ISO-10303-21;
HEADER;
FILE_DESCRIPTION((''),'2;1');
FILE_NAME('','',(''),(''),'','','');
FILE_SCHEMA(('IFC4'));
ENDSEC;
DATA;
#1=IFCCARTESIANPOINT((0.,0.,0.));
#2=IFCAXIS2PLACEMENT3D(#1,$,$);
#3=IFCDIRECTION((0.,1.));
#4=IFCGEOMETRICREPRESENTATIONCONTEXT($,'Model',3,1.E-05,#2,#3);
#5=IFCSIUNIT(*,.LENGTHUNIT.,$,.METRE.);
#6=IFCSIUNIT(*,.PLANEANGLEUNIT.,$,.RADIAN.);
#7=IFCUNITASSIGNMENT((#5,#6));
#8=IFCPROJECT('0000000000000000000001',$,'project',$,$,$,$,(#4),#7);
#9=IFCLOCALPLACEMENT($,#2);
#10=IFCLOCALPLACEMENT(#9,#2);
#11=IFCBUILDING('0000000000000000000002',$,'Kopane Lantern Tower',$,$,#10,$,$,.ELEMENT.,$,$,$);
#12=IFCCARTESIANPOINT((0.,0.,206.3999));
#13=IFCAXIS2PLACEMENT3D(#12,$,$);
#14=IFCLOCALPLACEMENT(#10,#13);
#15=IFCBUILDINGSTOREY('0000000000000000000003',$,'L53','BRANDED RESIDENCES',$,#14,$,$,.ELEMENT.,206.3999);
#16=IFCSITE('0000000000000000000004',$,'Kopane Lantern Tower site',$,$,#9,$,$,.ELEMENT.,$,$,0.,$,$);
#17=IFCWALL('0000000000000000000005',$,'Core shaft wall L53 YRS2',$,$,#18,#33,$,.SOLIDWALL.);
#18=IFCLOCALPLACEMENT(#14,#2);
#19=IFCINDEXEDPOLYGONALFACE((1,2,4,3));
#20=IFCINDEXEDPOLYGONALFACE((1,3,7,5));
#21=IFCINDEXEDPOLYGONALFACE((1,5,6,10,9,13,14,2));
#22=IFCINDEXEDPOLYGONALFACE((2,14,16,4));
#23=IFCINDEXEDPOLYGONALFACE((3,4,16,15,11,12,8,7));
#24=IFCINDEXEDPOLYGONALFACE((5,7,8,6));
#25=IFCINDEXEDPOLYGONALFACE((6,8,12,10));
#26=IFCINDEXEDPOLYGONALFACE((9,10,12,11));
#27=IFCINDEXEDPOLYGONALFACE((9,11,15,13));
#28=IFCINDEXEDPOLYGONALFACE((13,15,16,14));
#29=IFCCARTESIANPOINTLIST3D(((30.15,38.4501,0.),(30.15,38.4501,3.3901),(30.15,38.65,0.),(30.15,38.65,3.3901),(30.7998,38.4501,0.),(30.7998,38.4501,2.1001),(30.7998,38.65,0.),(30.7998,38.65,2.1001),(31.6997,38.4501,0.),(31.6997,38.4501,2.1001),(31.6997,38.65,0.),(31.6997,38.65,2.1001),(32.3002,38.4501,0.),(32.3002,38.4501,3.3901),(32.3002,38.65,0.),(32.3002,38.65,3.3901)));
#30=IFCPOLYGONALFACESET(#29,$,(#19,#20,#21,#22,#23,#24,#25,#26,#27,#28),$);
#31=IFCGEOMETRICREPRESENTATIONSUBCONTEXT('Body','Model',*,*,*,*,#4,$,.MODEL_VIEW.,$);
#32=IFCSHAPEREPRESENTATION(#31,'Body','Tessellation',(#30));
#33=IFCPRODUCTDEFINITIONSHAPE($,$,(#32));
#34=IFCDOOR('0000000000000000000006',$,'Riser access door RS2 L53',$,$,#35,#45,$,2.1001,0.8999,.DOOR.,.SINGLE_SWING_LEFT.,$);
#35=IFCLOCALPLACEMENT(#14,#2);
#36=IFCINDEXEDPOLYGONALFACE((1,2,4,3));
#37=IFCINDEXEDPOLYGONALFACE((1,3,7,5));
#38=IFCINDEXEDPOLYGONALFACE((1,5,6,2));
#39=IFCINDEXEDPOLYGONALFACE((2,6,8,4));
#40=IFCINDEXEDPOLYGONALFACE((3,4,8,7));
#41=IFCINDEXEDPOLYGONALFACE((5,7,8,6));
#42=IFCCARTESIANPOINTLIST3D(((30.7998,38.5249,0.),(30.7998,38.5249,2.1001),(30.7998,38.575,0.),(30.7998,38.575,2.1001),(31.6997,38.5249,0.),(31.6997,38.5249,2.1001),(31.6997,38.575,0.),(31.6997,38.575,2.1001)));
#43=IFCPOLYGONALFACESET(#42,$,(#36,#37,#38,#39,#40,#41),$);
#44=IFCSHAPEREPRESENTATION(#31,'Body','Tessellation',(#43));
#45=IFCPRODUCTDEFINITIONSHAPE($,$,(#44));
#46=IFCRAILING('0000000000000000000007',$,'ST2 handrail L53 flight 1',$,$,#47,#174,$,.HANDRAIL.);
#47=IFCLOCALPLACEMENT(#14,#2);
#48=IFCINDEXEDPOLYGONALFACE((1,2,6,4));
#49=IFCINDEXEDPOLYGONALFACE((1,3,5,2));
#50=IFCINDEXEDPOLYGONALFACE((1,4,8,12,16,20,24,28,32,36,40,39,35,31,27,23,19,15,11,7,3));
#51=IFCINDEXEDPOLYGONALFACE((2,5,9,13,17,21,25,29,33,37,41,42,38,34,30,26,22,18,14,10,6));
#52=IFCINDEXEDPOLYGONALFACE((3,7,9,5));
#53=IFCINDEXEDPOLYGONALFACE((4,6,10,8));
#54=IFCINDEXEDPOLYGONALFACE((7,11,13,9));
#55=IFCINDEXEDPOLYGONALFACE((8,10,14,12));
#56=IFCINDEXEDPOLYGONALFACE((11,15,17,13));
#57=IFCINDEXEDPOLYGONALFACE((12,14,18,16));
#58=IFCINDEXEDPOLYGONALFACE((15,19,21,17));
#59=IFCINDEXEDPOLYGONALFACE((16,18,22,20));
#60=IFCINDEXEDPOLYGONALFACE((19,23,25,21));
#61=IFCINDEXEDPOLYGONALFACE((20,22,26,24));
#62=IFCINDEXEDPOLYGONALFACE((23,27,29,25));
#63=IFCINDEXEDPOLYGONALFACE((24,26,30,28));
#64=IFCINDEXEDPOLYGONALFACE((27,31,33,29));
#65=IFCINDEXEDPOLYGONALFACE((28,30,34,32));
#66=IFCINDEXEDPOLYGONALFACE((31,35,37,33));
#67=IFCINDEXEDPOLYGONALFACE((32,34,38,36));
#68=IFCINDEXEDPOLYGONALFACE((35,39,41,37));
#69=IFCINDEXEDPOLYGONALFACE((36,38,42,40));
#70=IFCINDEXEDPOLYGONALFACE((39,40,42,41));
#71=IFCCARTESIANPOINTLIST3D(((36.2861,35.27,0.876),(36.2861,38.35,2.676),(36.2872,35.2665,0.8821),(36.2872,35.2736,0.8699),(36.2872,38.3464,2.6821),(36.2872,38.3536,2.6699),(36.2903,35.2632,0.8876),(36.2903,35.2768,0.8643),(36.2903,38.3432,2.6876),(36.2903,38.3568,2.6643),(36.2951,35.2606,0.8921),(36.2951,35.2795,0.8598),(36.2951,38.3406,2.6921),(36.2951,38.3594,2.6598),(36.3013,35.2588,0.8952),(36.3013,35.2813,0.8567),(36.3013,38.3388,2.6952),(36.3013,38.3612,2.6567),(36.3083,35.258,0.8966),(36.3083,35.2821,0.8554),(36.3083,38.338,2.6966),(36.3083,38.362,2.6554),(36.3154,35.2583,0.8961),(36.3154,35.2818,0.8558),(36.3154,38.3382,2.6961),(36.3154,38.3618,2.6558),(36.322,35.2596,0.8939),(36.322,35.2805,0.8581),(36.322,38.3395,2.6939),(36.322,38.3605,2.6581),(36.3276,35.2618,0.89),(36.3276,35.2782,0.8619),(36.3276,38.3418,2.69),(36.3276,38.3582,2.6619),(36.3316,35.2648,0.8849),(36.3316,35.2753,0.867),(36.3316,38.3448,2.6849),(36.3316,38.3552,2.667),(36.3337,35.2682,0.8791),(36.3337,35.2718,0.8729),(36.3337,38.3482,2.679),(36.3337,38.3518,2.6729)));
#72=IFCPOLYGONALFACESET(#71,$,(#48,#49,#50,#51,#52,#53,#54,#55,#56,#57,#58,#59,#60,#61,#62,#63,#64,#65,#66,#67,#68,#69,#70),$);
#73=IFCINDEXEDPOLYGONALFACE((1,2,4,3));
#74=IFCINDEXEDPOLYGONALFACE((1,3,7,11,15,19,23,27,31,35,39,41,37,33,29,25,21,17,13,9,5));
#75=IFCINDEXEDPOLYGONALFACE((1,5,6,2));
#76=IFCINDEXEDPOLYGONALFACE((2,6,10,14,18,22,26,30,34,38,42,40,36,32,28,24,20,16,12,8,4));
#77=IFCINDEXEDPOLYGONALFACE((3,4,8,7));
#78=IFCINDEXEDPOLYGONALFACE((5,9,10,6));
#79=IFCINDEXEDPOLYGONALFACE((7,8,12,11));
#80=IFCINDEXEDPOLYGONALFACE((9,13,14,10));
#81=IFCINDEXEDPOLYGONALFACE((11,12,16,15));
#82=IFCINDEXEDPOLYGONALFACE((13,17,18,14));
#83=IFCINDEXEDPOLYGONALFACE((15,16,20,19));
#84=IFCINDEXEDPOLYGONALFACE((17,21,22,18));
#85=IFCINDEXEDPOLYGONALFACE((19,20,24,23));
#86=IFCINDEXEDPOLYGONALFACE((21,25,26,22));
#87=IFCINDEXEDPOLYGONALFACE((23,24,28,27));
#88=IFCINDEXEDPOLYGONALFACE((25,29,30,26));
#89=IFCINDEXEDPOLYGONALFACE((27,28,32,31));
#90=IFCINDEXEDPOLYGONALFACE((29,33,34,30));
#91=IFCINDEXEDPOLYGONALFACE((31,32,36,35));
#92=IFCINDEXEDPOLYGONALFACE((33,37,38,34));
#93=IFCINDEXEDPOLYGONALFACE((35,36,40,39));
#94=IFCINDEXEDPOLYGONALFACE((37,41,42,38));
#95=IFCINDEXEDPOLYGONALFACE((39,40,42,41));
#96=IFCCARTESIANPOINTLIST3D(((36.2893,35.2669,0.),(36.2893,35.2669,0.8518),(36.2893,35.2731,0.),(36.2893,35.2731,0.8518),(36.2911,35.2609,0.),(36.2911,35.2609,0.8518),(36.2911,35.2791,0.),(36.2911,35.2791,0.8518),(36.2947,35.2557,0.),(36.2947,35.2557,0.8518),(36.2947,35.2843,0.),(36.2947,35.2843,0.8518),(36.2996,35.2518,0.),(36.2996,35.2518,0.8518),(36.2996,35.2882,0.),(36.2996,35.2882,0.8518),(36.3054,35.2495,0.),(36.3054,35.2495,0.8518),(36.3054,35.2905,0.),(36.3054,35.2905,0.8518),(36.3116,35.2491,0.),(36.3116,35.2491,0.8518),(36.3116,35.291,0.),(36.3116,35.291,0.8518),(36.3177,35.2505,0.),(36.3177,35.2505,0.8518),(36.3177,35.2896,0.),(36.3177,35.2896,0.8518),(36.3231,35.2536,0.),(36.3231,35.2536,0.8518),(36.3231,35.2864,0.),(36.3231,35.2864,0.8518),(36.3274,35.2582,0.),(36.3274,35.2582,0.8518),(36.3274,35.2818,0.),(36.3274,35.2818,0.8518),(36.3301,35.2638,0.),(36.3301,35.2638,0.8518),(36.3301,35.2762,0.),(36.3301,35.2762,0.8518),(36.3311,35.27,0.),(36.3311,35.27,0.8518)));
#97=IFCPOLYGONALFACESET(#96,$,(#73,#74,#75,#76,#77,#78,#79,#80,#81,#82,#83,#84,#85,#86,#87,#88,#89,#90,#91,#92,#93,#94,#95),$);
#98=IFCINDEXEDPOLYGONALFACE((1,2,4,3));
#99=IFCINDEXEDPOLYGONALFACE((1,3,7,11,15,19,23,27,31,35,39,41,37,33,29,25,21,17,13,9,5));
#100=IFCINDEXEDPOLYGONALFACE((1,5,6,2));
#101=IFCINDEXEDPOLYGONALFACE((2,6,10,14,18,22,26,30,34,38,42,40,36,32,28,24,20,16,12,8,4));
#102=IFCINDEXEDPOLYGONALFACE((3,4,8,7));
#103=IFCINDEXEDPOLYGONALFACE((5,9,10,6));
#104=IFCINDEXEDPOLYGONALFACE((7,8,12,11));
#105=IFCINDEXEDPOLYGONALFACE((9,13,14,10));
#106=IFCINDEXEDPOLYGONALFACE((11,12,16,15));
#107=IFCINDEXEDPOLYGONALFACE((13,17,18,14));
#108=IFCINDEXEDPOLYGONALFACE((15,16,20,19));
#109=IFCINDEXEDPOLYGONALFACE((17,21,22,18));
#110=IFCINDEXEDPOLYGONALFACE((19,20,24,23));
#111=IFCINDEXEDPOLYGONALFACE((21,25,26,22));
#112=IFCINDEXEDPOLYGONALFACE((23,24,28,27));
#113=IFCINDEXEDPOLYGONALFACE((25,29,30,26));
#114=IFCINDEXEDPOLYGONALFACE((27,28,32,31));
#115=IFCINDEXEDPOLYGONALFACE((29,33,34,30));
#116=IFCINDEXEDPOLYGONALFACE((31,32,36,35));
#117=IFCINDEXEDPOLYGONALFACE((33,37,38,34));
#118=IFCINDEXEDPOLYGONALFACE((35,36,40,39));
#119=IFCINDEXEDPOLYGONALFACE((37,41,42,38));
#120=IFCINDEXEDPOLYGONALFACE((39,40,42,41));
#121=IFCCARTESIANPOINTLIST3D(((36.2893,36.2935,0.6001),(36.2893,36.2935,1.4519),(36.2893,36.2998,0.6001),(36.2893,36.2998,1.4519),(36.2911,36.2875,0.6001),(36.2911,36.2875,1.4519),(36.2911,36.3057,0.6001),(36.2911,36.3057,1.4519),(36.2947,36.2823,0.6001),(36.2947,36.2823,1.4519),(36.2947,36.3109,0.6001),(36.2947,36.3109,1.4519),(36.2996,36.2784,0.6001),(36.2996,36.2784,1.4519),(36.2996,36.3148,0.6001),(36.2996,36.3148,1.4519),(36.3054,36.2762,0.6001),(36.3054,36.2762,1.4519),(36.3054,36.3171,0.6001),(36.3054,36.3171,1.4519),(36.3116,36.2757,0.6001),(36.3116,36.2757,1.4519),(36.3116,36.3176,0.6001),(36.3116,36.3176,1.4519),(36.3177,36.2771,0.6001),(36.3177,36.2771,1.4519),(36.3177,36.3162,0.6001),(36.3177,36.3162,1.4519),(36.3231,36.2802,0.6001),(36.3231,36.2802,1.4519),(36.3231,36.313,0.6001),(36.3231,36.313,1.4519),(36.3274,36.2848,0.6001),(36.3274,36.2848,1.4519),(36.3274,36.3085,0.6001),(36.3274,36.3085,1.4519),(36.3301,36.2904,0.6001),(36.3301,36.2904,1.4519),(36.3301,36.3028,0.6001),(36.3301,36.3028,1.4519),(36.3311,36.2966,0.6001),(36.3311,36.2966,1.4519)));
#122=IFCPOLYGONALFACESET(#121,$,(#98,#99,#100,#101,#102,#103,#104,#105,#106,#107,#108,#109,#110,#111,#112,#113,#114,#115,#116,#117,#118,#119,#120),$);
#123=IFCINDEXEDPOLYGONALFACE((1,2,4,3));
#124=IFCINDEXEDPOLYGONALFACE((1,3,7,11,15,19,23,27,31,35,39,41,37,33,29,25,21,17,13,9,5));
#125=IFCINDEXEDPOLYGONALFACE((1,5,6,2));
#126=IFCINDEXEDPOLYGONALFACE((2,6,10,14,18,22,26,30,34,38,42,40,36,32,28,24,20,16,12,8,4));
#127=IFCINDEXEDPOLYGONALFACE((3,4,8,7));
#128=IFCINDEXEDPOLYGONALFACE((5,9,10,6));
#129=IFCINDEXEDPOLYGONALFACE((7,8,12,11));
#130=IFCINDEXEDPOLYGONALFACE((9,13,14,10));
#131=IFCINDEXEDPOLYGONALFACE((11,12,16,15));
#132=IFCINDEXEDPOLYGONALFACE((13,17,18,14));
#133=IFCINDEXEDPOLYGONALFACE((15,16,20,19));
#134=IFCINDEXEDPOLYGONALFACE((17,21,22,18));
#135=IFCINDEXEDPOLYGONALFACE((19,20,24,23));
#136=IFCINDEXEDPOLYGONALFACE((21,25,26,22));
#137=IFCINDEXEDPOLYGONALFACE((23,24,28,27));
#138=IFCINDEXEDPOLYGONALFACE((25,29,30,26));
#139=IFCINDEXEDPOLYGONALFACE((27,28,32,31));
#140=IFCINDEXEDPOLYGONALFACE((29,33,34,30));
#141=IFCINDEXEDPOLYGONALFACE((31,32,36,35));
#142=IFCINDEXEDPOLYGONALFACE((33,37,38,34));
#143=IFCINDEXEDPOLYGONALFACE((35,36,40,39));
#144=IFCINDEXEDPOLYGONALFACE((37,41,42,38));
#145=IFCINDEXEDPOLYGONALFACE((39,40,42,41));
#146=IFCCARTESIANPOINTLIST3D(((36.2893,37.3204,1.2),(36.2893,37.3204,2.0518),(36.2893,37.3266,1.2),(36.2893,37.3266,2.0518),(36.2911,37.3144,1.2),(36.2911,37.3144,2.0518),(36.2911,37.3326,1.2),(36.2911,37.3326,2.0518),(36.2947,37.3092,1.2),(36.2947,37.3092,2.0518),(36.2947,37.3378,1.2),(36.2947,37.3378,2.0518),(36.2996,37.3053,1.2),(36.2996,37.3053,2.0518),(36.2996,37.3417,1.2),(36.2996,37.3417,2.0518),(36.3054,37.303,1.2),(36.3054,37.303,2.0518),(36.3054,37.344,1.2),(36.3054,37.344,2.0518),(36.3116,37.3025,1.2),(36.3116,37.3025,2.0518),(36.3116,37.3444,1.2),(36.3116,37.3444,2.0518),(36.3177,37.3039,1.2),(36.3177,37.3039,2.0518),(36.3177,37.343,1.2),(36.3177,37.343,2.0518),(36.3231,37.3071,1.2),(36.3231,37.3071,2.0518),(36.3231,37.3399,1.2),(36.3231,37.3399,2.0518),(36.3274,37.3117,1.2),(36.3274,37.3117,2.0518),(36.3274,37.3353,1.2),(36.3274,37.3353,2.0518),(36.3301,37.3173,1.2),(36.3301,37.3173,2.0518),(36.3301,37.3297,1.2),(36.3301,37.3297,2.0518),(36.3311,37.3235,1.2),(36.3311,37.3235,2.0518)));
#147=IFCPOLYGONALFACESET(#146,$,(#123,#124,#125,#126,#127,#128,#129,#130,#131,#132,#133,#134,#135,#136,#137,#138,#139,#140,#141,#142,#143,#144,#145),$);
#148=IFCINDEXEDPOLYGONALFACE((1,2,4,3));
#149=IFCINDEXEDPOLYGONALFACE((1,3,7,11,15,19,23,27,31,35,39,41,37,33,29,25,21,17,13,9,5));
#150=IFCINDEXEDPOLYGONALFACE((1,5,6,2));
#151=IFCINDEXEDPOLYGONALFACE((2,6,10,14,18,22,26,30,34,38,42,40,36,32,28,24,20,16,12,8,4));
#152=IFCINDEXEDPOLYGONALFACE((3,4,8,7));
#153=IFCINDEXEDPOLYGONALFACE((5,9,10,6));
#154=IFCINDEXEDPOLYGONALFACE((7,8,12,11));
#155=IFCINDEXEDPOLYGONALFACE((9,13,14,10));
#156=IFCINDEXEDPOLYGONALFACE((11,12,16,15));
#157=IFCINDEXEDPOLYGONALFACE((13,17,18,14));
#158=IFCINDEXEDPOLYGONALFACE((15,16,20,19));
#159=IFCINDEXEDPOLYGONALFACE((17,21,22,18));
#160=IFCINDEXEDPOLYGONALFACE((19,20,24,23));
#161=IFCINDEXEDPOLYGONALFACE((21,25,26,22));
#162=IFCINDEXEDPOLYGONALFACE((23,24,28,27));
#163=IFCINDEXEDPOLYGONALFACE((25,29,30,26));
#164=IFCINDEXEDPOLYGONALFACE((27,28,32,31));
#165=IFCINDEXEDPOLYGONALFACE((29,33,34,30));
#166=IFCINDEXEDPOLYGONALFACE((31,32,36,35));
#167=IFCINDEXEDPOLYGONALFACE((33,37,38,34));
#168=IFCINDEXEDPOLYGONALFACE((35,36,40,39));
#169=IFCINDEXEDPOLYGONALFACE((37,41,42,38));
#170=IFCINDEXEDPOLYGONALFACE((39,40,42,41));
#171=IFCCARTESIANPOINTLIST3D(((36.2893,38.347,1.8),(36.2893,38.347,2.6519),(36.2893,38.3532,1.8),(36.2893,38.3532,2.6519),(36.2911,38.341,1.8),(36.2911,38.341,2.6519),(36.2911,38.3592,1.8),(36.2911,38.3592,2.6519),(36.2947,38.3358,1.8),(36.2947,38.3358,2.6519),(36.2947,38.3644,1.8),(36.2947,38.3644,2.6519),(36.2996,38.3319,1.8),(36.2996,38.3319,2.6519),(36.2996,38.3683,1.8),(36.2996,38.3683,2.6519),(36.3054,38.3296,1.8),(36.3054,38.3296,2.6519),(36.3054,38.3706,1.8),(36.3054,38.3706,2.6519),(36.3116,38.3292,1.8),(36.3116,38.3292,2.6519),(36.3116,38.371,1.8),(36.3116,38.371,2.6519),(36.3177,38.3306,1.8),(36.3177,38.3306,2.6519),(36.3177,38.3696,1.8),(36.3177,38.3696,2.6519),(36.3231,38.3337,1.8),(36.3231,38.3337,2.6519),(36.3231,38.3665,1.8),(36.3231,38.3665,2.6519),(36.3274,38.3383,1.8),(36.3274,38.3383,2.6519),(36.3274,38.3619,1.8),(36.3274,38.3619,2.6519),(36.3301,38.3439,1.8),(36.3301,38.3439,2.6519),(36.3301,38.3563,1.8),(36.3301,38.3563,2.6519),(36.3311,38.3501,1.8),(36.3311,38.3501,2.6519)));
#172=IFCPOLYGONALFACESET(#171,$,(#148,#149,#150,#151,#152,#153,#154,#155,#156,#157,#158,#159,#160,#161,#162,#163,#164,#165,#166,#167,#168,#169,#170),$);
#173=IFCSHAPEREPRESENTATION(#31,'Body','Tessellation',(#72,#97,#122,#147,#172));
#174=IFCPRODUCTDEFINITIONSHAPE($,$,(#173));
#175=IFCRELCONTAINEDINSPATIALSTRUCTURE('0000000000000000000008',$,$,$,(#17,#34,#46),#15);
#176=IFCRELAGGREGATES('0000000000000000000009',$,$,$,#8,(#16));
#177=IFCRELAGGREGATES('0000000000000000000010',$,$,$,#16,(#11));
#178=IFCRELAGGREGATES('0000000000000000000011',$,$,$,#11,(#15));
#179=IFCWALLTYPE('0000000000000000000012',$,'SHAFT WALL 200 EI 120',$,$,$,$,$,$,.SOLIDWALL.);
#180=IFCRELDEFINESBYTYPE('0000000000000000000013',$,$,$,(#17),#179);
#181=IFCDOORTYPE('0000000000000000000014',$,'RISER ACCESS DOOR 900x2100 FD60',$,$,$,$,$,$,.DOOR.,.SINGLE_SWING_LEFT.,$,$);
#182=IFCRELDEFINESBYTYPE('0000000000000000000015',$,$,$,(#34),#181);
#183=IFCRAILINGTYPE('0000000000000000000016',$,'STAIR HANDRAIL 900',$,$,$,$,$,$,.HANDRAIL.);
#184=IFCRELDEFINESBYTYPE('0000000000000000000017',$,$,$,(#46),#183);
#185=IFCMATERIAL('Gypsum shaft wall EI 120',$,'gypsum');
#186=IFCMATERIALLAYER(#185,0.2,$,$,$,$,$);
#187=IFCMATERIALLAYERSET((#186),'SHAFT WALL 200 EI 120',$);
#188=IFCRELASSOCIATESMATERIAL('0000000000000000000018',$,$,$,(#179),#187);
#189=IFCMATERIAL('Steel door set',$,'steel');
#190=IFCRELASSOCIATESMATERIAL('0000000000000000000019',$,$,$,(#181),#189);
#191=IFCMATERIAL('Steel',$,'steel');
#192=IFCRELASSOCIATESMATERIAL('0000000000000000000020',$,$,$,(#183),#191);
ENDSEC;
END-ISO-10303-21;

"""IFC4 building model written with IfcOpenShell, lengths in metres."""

from ifc_helpers import new_model, si_unit, direction, frame, frame_2d, origin, origin_2d, place, context, subcontext, project, spatial, rectangle, circle, extrude, material, layer, layer_set, type_object, element, fill, save


model = new_model("IFC4")

# Units and contexts
model_context = context("Model", 3, precision=1e-05, world=origin(), true_north=direction((0.0, 1.0)))
body_context = subcontext(model_context, "Body", "Model", "MODEL_VIEW")
ifc_project = project(units=[si_unit("LENGTHUNIT", "METRE"), si_unit("PLANEANGLEUNIT", "RADIAN")], contexts=[model_context])

# Site, building, storey
site_placement = place(None, origin())
site = spatial("IfcSite", under=ifc_project, at=site_placement, Name="Kopane Lantern Tower site", CompositionType="ELEMENT", RefElevation=0.0)
building_placement = place(site_placement, origin())
building = spatial("IfcBuilding", under=site, at=building_placement, Name="Kopane Lantern Tower", CompositionType="ELEMENT")
storey_placement = place(building_placement, frame((0.0, 0.0, 206.3999)))
storey = spatial("IfcBuildingStorey", under=building, at=storey_placement, Name="L53", Description="BRANDED RESIDENCES", CompositionType="ELEMENT", Elevation=206.3999)

# Shared definitions
ifc_material_1 = material(Name="Gypsum shaft wall EI 120", Category="gypsum")
ifc_layer_1 = layer(ifc_material_1, 0.2)
ifc_layer_set_1 = layer_set([ifc_layer_1], Name="SHAFT WALL 200 EI 120")
wall_type_1 = type_object("IfcWallType", Name="SHAFT WALL 200 EI 120", PredefinedType="SOLIDWALL", material=ifc_layer_set_1)

# Wall, opening, door
wall_1_placement = place(storey_placement, frame((30.1499, 38.55, 0.0), z_axis=(0.0, 0.0, 1.0), x_axis=(1.0, 0.0, 0.0)))
wall_1 = element("IfcWall", 1, at=wall_1_placement, inside=storey, type_object=wall_type_1, Name="Core shaft wall L53 YRS2", PredefinedType="SOLIDWALL", context=body_context, shape_type="SweptSolid", body=[
    extrude(rectangle(XDim=2.1501, YDim=0.2, at=frame_2d((1.0752, 0.0))), origin(), (0.0, 0.0, 1.0), 3.3901),
])
opening_1_placement = place(wall_1_placement, frame((0.6499, 0.0, 0.0)))
opening_1 = element("IfcOpeningElement", 2, at=opening_1_placement, cuts=wall_1, PredefinedType="OPENING", context=body_context, shape_type="SweptSolid", body=[
    extrude(rectangle(XDim=0.8999, YDim=2.1001, at=frame_2d((0.45, 1.05))), frame((0.0, 0.1099, 0.0), z_axis=(0.0, -1.0, 0.0), x_axis=(1.0, 0.0, 0.0)), (0.0, 0.0, 1.0), 0.22),
])
ifc_material_2 = material(Name="Steel door set", Category="steel")
door_type_1 = type_object("IfcDoorType", Name="RISER ACCESS DOOR 900x2100 FD60", OperationType="SINGLE_SWING_LEFT", PredefinedType="DOOR", material=ifc_material_2)
door_1_placement = place(opening_1_placement, origin())
door_1 = element("IfcDoor", 3, at=door_1_placement, inside=storey, type_object=door_type_1, Name="Riser access door RS2 L53", OperationType="SINGLE_SWING_LEFT", OverallHeight=2.1001, OverallWidth=0.8999, PredefinedType="DOOR", context=body_context, shape_type="SweptSolid", body=[
    extrude(rectangle(XDim=0.8999, YDim=2.1001, at=frame_2d((0.45, 1.05))), frame((0.0, 0.0249, 0.0), z_axis=(0.0, -1.0, 0.0), x_axis=(1.0, 0.0, 0.0)), (0.0, 0.0, 1.0), 0.05),
])
fill(opening_1, door_1)

# Railing
ifc_material_3 = material(Name="Steel", Category="steel")
railing_type_1 = type_object("IfcRailingType", Name="STAIR HANDRAIL 900", PredefinedType="HANDRAIL", material=ifc_material_3)
for number, where, name in (
    (4, (36.3101, 35.27, 0.0), "ST2 handrail L53 flight 1"),
):
    element("IfcRailing", number, at=place(storey_placement, frame(where)), inside=storey, type_object=railing_type_1, Name=name, PredefinedType="HANDRAIL", context=body_context, shape_type="SweptSolid", body=[
        extrude(circle(Radius=0.0239, at=origin_2d()), frame((0.0, 0.0, 0.876), z_axis=(0.0, 0.863372, 0.504569), x_axis=(-1.0, 0.0, 0.0)), (0.0, 0.0, 1.0), 3.5674),
        extrude(circle(Radius=0.021, at=origin_2d()), origin(), (0.0, 0.0, 1.0), 0.8518),
        extrude(circle(Radius=0.021, at=origin_2d()), frame((0.0, 1.0266, 0.6001)), (0.0, 0.0, 1.0), 0.8518),
        extrude(circle(Radius=0.021, at=origin_2d()), frame((0.0, 2.0535, 1.2)), (0.0, 0.0, 1.0), 0.8518),
        extrude(circle(Radius=0.021, at=origin_2d()), frame((0.0, 3.0801, 1.8)), (0.0, 0.0, 1.0), 0.8518),
    ])

save(model, "model.ifc")
